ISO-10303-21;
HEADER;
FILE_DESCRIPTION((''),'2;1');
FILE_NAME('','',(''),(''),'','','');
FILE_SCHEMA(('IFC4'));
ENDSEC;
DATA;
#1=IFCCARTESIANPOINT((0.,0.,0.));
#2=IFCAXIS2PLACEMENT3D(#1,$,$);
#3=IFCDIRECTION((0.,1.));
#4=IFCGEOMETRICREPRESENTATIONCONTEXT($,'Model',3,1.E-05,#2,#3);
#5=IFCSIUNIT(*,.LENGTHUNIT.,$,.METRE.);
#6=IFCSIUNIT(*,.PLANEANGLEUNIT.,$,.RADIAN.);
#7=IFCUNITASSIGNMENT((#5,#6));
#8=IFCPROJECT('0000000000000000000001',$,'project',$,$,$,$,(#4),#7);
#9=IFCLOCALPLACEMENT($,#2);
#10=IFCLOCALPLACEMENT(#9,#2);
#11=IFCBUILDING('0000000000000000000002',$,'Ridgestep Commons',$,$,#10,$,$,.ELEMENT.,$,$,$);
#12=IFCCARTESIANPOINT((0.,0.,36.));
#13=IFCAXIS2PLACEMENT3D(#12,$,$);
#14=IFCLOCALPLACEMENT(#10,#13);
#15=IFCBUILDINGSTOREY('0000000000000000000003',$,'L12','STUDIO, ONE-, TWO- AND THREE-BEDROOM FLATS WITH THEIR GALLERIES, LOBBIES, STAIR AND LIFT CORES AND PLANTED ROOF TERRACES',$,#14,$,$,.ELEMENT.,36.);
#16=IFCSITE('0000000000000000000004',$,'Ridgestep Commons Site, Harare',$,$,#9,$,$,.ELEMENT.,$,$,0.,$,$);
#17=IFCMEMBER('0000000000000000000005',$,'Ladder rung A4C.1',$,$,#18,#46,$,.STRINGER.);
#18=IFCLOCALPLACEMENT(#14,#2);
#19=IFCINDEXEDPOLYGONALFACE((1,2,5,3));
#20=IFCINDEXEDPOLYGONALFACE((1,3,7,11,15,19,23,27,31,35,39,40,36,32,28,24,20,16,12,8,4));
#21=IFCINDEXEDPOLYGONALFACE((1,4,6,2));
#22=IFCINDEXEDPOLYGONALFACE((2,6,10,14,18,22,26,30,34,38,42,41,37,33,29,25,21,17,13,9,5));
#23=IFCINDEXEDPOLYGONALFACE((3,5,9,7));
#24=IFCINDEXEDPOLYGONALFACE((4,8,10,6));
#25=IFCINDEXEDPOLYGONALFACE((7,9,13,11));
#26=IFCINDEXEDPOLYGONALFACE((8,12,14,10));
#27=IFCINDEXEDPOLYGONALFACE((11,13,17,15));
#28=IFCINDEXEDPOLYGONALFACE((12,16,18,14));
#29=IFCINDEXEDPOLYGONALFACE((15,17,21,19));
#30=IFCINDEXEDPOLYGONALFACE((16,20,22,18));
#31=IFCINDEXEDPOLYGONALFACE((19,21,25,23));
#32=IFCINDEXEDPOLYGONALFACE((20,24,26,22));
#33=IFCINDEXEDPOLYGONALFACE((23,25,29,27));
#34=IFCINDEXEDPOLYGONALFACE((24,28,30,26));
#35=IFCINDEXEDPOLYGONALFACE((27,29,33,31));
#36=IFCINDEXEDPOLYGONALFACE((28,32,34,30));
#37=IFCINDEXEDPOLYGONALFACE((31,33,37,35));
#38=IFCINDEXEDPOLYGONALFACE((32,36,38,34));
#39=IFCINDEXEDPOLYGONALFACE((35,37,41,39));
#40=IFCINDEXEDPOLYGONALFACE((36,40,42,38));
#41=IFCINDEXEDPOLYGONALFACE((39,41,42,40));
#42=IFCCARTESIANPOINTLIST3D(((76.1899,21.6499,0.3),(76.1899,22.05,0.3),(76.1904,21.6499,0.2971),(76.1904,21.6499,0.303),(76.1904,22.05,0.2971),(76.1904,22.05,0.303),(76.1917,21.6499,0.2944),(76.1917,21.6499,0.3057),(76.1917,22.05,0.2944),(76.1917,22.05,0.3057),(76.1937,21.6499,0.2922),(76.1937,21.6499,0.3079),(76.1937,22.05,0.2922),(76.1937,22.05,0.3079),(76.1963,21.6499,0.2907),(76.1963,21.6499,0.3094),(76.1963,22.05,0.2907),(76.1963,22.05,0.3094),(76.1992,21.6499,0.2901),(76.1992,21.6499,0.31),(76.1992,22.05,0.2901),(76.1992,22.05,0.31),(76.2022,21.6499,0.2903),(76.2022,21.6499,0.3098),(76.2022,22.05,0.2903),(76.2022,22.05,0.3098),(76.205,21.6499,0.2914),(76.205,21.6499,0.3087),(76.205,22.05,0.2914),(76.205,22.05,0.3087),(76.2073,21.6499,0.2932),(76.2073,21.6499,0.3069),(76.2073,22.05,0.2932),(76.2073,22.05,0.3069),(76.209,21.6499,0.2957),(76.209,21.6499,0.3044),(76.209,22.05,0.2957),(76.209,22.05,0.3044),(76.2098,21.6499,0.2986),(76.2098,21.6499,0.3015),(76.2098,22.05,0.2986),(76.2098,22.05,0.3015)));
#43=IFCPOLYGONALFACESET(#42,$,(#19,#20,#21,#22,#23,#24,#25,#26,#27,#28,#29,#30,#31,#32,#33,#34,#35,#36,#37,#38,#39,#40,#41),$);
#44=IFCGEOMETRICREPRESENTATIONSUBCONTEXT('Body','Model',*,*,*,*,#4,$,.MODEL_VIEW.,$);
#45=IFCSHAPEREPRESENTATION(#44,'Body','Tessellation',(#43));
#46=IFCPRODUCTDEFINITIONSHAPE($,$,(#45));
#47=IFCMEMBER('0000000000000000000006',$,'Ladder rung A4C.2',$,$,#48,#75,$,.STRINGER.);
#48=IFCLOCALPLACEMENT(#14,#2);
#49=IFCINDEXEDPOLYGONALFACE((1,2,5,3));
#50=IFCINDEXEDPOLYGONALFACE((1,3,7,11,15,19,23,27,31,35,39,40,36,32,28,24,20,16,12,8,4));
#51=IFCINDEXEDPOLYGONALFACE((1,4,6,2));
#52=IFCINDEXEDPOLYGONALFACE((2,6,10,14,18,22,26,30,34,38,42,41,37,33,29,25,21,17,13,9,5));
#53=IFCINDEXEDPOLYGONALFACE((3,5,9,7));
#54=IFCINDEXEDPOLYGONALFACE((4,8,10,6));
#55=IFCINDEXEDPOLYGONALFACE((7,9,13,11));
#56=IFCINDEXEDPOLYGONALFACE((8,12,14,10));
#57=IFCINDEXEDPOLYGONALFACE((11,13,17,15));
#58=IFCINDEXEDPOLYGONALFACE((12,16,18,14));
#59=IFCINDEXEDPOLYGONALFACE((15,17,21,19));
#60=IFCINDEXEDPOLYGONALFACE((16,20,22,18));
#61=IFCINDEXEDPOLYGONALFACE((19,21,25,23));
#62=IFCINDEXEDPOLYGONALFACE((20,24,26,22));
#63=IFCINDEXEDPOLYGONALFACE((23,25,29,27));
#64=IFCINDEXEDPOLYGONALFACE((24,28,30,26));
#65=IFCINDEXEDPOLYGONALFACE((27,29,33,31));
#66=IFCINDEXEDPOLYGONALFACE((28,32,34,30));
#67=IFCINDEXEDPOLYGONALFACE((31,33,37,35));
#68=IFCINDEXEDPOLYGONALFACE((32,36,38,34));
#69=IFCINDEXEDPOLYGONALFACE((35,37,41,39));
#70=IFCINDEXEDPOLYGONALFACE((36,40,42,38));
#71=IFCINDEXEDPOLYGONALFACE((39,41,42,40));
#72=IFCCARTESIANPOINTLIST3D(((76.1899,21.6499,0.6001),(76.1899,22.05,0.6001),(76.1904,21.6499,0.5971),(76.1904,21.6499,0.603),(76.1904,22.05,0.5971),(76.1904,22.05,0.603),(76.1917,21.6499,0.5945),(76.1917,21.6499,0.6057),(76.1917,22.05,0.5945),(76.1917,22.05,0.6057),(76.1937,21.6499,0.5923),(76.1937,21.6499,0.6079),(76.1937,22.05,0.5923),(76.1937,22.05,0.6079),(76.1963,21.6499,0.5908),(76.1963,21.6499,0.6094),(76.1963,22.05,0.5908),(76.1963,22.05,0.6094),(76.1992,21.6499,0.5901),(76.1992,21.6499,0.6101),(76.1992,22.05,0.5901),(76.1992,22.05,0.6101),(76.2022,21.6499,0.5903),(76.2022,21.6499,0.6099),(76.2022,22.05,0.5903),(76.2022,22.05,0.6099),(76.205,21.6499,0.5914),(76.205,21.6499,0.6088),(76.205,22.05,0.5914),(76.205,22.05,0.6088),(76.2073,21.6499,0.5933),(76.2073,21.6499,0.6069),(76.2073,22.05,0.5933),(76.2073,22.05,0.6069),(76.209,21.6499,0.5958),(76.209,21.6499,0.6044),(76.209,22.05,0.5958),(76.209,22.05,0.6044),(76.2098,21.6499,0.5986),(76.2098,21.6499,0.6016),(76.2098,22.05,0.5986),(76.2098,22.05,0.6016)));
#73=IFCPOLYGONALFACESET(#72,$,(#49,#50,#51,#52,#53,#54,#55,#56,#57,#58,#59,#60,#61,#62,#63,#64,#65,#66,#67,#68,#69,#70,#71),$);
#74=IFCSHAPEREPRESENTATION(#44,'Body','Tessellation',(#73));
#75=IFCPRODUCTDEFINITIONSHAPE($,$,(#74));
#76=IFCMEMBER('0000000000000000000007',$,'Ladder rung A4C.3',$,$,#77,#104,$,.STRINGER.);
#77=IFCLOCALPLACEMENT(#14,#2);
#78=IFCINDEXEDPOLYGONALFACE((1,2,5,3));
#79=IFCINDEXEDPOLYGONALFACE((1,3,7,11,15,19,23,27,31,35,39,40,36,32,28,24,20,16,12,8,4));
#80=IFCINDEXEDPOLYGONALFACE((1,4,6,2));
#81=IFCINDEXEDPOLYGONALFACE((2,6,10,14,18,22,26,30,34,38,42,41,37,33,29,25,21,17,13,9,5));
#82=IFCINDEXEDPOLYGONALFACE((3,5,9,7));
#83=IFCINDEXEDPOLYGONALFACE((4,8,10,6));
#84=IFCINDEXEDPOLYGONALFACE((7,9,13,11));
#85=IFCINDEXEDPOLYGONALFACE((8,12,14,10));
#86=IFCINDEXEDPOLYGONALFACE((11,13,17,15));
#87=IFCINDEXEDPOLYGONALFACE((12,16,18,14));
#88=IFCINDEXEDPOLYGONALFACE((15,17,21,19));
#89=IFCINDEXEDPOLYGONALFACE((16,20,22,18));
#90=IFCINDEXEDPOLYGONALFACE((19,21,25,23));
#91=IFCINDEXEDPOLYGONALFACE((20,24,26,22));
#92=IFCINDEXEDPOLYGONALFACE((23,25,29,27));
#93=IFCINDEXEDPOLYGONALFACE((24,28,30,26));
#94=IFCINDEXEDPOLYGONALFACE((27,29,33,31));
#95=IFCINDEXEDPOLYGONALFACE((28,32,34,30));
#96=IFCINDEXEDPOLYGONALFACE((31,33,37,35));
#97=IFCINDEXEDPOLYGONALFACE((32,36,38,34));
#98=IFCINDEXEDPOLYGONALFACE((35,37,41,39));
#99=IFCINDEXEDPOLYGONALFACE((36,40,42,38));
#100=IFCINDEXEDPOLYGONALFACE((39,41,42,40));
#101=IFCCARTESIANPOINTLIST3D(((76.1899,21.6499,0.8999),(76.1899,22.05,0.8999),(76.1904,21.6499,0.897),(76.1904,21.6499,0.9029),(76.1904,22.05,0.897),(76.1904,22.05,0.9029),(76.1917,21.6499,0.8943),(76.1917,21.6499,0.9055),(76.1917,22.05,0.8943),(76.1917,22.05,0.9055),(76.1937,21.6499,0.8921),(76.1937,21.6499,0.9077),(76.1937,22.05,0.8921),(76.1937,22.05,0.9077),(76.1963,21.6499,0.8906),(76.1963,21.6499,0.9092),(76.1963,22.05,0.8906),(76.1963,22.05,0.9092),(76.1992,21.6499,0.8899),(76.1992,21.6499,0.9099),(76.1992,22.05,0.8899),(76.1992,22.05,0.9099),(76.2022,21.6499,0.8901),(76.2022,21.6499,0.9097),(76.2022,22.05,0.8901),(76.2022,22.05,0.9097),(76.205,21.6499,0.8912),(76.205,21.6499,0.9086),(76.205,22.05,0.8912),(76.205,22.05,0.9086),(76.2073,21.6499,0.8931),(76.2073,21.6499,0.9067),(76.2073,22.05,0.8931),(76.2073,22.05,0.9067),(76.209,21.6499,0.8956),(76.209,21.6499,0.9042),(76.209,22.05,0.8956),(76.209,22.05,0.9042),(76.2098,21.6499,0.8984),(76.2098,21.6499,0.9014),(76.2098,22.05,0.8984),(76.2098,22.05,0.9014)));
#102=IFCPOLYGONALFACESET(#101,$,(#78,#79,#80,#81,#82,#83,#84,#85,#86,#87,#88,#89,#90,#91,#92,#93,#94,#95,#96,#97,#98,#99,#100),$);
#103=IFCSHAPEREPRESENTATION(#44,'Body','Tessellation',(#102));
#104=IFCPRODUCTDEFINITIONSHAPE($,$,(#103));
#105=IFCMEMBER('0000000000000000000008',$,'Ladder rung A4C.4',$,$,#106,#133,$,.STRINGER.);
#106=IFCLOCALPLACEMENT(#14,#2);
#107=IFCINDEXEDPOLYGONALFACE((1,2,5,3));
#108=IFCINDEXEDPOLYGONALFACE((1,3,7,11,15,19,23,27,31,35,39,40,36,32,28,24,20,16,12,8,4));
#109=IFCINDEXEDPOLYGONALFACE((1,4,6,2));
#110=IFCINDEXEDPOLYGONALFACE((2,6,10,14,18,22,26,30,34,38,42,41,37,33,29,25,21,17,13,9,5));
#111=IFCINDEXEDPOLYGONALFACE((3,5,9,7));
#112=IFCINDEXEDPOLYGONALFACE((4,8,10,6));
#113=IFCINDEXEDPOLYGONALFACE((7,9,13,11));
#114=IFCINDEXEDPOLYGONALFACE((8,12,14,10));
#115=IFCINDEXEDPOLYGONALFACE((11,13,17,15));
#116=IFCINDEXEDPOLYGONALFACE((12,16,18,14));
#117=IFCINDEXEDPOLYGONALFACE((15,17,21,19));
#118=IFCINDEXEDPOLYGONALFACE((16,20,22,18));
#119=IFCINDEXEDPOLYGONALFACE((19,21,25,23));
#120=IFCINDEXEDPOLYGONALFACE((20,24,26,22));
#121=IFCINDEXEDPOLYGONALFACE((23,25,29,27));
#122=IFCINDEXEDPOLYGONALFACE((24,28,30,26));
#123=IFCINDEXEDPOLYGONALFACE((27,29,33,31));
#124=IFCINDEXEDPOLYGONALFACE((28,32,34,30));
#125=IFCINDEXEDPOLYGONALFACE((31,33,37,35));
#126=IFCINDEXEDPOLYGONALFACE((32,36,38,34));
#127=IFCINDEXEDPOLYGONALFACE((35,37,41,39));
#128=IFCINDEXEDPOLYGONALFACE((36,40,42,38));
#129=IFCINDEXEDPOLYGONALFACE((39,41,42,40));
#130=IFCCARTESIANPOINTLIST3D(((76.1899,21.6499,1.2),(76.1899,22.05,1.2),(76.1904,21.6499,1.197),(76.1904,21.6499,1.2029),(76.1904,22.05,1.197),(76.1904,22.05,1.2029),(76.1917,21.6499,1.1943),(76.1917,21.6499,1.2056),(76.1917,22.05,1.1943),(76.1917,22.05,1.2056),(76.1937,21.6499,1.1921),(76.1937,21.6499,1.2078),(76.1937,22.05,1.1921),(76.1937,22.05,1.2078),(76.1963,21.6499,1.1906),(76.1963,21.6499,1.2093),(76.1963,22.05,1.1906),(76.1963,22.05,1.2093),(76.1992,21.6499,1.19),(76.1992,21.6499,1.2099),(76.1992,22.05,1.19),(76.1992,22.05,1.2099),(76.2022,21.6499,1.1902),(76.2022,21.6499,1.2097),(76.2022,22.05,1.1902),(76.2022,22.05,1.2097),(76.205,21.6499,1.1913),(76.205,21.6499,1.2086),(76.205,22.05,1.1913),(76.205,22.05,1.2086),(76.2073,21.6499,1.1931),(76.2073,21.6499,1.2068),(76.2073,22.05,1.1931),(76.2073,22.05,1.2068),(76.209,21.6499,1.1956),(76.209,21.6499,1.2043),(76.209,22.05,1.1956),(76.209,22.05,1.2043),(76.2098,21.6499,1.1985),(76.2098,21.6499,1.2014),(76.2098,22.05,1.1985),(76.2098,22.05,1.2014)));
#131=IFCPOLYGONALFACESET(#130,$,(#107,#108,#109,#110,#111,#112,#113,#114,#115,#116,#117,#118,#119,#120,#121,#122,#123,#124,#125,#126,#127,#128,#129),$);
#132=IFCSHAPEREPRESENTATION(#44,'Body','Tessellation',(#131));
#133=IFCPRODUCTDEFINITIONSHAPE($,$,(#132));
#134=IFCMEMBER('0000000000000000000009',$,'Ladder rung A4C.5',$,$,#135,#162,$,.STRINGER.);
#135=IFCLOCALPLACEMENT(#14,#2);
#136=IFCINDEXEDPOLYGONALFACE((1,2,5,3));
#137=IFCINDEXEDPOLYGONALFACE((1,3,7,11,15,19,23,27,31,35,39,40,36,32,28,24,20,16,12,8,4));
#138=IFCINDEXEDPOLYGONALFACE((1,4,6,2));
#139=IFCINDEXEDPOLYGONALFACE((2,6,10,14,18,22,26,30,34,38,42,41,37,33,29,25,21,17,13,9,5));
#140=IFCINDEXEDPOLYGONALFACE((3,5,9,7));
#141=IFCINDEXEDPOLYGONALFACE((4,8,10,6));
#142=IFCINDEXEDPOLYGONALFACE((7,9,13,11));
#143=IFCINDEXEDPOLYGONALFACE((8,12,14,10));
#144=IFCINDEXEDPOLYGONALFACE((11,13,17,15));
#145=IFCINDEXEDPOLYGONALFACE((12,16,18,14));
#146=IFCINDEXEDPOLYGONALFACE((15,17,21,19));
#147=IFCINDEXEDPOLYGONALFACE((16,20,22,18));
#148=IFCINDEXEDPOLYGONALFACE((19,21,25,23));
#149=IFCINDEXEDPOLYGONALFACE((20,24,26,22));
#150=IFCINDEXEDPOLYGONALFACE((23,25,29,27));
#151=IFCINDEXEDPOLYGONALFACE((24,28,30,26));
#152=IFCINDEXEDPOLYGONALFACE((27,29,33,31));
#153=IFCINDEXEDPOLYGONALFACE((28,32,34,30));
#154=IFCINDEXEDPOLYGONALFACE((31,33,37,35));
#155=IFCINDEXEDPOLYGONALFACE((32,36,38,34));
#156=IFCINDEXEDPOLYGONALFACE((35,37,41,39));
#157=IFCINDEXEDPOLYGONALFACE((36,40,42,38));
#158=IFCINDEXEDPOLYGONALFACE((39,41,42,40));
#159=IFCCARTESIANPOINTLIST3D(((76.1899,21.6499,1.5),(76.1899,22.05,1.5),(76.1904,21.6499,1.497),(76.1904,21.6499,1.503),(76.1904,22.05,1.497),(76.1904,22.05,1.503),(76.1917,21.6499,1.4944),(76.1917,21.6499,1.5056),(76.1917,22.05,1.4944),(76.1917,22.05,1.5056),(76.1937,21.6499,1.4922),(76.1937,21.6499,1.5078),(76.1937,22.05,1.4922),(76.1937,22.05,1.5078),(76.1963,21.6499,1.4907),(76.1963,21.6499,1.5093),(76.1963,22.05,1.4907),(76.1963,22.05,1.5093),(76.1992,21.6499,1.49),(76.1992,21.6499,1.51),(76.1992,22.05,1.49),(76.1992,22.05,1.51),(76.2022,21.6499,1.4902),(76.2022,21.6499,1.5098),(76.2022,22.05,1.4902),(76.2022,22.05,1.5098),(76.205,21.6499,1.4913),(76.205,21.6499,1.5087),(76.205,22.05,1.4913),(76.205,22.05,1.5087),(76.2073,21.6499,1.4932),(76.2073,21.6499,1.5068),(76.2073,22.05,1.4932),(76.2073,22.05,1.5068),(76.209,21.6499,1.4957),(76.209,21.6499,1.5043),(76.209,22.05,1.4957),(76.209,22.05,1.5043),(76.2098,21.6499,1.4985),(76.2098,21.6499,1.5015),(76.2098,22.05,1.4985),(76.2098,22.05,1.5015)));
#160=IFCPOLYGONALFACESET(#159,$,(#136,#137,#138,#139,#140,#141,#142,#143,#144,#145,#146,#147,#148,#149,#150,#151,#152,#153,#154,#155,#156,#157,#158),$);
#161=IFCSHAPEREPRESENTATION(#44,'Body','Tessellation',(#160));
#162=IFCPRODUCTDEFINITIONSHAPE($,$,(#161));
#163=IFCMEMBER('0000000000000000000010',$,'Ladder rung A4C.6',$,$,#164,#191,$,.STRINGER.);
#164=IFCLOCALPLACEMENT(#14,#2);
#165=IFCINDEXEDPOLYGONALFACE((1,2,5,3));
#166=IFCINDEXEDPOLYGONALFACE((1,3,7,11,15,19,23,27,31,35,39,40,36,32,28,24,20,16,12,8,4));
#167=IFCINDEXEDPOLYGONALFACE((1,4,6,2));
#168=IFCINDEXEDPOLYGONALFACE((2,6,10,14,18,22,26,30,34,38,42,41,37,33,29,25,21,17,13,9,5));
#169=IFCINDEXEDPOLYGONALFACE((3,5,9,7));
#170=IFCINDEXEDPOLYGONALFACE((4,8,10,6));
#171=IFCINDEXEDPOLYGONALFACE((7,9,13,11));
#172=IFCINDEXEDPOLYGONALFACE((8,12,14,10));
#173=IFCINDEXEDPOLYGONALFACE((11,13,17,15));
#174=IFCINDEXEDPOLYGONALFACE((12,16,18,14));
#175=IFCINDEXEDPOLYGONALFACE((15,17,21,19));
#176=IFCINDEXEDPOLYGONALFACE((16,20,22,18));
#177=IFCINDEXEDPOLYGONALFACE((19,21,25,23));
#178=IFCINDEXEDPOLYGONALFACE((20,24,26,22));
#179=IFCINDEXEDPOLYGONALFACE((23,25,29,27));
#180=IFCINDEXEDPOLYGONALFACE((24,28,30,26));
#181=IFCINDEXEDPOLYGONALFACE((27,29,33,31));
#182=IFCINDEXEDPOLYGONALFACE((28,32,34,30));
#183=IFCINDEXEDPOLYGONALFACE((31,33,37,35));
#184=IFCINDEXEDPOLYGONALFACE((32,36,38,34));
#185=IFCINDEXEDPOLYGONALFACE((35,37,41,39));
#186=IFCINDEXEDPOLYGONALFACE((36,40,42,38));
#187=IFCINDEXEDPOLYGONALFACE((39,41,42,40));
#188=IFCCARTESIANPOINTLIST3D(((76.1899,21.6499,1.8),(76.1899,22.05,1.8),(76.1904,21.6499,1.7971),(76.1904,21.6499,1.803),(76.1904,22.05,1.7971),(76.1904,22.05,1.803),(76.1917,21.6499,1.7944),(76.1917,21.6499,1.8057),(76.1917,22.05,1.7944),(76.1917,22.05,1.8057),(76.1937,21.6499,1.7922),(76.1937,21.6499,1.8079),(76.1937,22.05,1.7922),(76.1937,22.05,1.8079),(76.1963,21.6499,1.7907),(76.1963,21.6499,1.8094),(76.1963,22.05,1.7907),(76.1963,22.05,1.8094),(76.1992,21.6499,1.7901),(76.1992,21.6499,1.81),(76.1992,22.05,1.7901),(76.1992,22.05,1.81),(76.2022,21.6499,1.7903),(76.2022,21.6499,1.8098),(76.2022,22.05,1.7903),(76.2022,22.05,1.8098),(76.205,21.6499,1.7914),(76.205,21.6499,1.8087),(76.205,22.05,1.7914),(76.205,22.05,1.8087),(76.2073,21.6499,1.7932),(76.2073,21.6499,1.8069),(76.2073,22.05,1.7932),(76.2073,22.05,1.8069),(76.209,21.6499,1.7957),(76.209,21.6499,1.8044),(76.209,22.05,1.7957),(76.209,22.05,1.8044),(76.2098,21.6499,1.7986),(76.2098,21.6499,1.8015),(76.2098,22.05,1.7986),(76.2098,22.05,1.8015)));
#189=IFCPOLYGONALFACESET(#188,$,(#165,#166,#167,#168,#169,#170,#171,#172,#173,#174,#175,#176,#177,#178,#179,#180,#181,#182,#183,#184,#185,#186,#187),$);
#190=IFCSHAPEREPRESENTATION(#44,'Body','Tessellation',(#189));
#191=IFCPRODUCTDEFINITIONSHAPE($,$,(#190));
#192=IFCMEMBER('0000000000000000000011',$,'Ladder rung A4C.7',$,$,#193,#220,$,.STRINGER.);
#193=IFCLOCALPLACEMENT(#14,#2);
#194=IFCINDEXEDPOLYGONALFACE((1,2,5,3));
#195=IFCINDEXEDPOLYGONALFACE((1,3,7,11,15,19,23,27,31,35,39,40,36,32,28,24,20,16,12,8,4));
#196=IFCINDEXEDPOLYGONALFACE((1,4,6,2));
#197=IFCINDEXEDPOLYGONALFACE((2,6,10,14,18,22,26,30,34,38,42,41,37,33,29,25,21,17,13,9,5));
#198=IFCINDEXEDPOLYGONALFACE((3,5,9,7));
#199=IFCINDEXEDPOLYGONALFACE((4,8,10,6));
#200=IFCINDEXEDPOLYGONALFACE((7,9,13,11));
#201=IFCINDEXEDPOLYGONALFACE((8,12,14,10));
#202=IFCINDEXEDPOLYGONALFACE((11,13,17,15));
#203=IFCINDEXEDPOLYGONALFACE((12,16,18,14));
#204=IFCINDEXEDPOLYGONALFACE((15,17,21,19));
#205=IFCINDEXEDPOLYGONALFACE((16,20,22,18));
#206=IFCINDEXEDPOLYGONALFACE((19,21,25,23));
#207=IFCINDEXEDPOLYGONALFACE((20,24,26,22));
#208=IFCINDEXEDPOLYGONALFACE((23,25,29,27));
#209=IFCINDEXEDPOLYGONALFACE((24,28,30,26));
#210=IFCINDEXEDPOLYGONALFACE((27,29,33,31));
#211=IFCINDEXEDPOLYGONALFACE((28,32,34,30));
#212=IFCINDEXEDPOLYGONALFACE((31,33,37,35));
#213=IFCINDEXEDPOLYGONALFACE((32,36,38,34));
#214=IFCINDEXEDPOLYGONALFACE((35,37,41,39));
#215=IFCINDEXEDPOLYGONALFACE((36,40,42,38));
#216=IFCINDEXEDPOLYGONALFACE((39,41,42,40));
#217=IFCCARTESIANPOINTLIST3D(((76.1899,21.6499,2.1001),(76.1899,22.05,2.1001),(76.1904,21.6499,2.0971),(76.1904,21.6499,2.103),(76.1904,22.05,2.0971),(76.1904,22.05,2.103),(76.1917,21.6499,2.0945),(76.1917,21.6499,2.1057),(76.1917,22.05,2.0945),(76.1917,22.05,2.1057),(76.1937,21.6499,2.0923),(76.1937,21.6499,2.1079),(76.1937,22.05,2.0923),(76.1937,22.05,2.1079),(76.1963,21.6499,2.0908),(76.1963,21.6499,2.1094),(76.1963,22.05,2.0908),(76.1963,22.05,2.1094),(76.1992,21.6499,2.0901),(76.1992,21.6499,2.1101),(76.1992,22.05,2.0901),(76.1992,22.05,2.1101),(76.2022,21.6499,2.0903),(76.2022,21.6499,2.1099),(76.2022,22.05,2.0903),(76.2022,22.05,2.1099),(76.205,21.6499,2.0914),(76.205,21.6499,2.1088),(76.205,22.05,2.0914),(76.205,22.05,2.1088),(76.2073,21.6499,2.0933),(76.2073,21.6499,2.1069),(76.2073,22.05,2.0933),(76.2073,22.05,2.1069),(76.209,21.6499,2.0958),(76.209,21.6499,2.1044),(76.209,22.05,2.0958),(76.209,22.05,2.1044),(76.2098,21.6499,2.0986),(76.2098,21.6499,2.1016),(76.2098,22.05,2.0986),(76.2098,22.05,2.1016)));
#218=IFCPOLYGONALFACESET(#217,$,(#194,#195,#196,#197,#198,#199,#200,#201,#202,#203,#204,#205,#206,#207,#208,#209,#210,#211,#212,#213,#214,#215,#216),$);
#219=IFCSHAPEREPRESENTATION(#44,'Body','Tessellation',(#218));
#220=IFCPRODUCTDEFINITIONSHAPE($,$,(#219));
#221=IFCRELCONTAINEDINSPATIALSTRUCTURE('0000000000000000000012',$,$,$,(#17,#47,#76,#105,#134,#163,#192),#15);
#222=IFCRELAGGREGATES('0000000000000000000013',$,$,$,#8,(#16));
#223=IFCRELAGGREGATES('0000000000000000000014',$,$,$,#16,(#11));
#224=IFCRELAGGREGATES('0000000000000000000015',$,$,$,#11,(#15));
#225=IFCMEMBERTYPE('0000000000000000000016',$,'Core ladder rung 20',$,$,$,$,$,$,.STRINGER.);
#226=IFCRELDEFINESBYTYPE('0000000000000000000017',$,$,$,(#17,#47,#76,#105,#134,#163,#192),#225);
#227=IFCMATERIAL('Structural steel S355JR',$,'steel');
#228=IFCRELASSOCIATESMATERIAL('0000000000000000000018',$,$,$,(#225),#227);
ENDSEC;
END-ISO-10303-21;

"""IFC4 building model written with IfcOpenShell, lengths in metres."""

from ifc_helpers import new_model, si_unit, direction, frame, origin, origin_2d, place, context, subcontext, project, spatial, circle, extrude, material, material_profile, profile_set, type_object, element, save


model = new_model("IFC4")

# Units and contexts
model_context = context("Model", 3, precision=1e-05, world=origin(), true_north=direction((0.0, 1.0)))
body_context = subcontext(model_context, "Body", "Model", "MODEL_VIEW")
ifc_project = project(units=[si_unit("LENGTHUNIT", "METRE"), si_unit("PLANEANGLEUNIT", "RADIAN")], contexts=[model_context])

# Site, building, storey
site_placement = place(None, origin())
site = spatial("IfcSite", under=ifc_project, at=site_placement, Name="Ridgestep Commons Site, Harare", CompositionType="ELEMENT", RefElevation=0.0)
building_placement = place(site_placement, origin())
building = spatial("IfcBuilding", under=site, at=building_placement, Name="Ridgestep Commons", CompositionType="ELEMENT")
storey_placement = place(building_placement, frame((0.0, 0.0, 36.0)))
storey = spatial("IfcBuildingStorey", under=building, at=storey_placement, Name="L12", Description="STUDIO, ONE-, TWO- AND THREE-BEDROOM FLATS WITH THEIR GALLERIES, LOBBIES, STAIR AND LIFT CORES AND PLANTED ROOF TERRACES", CompositionType="ELEMENT", Elevation=36.0)

# Members
ifc_material_1 = material(Name="Structural steel S355JR", Category="steel")
ifc_material_profile_1 = material_profile(ifc_material_1, circle(Radius=0.01, at=origin_2d()), Name="Round bar 20")
ifc_profile_set_1 = profile_set([ifc_material_profile_1], Name="Structural steel S355JR")
member_type_1 = type_object("IfcMemberType", Name="Core ladder rung 20", PredefinedType="STRINGER", material=ifc_profile_set_1)
for number, where, z_axis, x_axis, name in (
    (1, (76.2, 21.6499, 0.3), (0.0, 1.0, 0.0), (-1.0, 0.0, 0.0), "Ladder rung A4C.1"),
    (2, (76.2, 21.6499, 0.6001), (0.0, 1.0, 0.0), (-1.0, 0.0, 0.0), "Ladder rung A4C.2"),
    (3, (76.2, 21.6499, 0.8999), (0.0, 1.0, 0.0), (-1.0, 0.0, 0.0), "Ladder rung A4C.3"),
    (4, (76.2, 21.6499, 1.2), (0.0, 1.0, 0.0), (-1.0, 0.0, 0.0), "Ladder rung A4C.4"),
    (5, (76.2, 21.6499, 1.5), (0.0, 1.0, 0.0), (-1.0, 0.0, 0.0), "Ladder rung A4C.5"),
    (6, (76.2, 21.6499, 1.8), (0.0, 1.0, 0.0), (-1.0, 0.0, 0.0), "Ladder rung A4C.6"),
    (7, (76.2, 21.6499, 2.1001), (0.0, 1.0, 0.0), (-1.0, 0.0, 0.0), "Ladder rung A4C.7"),
):
    element("IfcMember", number, at=place(storey_placement, frame(where, z_axis=z_axis, x_axis=x_axis)), inside=storey, type_object=member_type_1, Name=name, PredefinedType="STRINGER", context=body_context, shape_type="SweptSolid", body=[
        extrude(circle(Radius=0.01, at=origin_2d()), origin(), (0.0, 0.0, 1.0), 0.4001),
    ])

save(model, "model.ifc")
